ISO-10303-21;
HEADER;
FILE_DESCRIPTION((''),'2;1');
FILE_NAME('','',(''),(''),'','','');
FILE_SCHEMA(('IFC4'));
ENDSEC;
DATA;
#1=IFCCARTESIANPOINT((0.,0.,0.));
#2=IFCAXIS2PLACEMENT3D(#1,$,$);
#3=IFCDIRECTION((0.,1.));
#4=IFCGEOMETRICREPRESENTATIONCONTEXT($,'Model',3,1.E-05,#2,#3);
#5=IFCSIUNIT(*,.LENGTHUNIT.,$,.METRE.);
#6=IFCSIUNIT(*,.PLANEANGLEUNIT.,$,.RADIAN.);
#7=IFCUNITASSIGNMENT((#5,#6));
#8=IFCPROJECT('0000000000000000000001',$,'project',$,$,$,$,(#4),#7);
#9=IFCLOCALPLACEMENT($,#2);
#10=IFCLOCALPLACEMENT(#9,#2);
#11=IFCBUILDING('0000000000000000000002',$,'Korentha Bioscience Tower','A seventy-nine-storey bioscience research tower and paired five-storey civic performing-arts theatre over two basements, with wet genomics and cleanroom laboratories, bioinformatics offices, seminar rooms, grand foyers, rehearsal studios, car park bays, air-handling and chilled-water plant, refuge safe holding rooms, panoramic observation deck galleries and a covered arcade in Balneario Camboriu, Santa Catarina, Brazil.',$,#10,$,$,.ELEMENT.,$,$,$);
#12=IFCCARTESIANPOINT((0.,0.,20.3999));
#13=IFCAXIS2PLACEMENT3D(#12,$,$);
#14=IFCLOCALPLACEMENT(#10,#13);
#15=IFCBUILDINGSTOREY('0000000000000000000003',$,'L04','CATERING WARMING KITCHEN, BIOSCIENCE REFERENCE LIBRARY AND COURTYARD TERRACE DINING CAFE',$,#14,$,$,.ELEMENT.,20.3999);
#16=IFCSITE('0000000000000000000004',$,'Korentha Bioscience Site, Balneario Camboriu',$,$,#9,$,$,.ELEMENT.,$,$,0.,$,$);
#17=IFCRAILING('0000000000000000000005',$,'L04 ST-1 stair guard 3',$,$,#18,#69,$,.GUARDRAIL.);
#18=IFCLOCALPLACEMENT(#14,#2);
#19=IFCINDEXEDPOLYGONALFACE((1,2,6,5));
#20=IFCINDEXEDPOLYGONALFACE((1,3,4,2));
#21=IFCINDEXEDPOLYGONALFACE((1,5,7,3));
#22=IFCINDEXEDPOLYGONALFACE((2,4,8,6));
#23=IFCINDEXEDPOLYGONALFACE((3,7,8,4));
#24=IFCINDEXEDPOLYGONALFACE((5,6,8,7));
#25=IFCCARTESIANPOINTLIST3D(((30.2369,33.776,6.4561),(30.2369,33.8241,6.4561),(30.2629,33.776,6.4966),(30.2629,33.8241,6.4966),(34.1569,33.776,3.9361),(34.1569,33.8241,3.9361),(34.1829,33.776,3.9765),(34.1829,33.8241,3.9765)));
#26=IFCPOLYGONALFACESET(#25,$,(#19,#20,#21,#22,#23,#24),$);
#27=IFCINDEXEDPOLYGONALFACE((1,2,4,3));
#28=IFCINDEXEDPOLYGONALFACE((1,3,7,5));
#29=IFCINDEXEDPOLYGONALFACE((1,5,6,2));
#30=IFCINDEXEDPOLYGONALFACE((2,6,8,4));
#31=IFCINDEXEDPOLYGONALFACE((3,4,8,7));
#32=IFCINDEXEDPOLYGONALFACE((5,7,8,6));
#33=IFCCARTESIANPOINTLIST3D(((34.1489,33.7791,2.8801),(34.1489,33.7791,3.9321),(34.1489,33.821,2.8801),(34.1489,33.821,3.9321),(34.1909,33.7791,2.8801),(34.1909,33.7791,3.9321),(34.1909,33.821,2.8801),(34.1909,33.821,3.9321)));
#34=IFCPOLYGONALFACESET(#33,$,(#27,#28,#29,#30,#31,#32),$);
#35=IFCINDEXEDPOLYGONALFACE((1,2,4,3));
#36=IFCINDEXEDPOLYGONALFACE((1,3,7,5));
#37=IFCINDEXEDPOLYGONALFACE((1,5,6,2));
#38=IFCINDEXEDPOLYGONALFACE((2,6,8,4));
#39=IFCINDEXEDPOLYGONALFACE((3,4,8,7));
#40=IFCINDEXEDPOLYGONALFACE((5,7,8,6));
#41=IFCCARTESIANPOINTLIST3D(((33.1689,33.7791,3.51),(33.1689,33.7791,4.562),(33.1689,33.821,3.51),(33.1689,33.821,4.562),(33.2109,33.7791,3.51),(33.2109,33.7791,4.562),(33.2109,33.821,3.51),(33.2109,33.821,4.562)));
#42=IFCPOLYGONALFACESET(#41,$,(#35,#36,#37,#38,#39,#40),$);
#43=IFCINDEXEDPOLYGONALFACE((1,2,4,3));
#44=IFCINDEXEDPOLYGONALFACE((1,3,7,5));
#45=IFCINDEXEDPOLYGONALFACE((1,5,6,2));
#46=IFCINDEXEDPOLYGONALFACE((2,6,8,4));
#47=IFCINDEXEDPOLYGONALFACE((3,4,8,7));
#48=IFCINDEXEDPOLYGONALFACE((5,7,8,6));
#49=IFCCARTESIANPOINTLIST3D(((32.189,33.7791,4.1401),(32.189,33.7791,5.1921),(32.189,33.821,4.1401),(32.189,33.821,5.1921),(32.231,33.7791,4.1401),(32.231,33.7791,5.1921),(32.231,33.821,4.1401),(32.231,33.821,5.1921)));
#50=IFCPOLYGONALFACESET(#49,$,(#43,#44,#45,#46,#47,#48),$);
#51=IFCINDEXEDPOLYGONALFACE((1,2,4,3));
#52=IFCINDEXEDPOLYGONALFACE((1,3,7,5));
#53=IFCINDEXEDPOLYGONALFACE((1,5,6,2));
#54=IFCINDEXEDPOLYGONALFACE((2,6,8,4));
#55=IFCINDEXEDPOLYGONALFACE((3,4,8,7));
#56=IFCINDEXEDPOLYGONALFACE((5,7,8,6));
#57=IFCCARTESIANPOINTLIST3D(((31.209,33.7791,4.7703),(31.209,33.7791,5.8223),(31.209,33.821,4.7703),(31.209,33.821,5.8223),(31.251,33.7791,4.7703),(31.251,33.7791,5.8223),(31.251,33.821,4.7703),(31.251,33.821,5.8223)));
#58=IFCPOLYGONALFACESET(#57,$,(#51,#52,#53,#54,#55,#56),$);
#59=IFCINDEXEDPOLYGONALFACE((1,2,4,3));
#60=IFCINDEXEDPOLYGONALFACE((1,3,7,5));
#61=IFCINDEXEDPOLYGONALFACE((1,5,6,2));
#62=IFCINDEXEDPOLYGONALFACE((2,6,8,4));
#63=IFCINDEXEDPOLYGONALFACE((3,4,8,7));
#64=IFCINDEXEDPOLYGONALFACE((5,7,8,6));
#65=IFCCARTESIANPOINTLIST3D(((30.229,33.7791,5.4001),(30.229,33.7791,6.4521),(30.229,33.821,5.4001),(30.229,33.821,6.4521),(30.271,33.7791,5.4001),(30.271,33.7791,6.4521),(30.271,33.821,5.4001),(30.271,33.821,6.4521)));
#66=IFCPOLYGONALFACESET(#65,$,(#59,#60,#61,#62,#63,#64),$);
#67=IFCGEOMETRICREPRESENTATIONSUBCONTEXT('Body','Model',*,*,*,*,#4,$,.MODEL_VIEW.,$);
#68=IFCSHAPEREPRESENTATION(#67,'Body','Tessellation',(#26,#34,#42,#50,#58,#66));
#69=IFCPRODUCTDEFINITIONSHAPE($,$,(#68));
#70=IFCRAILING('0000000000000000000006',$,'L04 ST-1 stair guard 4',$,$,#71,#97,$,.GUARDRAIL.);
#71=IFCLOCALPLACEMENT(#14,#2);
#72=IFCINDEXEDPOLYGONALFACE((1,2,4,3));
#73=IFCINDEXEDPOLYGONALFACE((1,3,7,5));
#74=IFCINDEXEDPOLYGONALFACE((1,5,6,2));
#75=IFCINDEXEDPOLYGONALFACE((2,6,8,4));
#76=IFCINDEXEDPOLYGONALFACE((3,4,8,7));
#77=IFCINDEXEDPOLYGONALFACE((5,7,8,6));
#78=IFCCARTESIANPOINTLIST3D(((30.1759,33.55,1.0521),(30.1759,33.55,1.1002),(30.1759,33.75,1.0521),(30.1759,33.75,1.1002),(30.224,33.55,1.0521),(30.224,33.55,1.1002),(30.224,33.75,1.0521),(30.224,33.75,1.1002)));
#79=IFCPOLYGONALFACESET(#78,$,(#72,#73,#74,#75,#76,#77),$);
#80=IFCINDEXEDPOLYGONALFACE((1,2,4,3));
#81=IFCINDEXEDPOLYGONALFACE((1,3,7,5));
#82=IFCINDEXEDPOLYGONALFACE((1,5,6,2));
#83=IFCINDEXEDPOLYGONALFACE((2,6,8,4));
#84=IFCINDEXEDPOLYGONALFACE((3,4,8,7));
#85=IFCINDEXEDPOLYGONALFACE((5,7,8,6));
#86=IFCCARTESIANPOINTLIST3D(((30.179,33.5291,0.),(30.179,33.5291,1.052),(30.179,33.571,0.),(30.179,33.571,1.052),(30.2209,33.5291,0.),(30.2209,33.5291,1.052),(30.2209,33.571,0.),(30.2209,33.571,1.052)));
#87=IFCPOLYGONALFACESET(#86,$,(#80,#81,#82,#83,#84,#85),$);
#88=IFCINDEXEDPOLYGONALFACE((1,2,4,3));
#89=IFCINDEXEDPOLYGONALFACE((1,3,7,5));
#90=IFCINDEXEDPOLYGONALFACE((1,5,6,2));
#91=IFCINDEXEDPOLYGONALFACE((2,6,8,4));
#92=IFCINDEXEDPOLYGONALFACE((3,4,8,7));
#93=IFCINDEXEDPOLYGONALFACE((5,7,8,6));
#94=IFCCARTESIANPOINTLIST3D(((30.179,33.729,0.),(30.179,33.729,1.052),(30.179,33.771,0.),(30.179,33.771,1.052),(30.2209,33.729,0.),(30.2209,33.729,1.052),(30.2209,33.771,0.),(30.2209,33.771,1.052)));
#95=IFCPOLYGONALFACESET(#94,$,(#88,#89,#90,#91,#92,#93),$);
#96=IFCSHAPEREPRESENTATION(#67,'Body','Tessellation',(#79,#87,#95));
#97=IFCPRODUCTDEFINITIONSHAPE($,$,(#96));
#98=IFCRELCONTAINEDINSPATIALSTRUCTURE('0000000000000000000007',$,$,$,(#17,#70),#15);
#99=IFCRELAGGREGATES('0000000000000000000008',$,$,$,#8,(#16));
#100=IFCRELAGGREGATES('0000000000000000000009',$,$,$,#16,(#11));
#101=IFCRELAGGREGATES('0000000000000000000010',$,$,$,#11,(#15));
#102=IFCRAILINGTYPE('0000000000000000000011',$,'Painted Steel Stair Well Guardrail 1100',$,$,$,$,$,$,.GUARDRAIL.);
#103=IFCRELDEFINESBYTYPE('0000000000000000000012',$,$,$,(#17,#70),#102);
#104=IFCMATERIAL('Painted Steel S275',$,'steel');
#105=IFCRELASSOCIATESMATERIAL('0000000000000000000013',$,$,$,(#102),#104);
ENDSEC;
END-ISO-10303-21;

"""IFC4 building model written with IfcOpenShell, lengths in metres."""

from ifc_helpers import new_model, si_unit, direction, frame, origin, origin_2d, place, context, subcontext, project, spatial, rectangle, extrude, material, type_object, element, save


model = new_model("IFC4")

# Units and contexts
model_context = context("Model", 3, precision=1e-05, world=origin(), true_north=direction((0.0, 1.0)))
body_context = subcontext(model_context, "Body", "Model", "MODEL_VIEW")
ifc_project = project(units=[si_unit("LENGTHUNIT", "METRE"), si_unit("PLANEANGLEUNIT", "RADIAN")], contexts=[model_context])

# Site, building, storey
site_placement = place(None, origin())
site = spatial("IfcSite", under=ifc_project, at=site_placement, Name="Korentha Bioscience Site, Balneario Camboriu", CompositionType="ELEMENT", RefElevation=0.0)
building_placement = place(site_placement, origin())
building = spatial("IfcBuilding", under=site, at=building_placement, Name="Korentha Bioscience Tower", Description="A seventy-nine-storey bioscience research tower and paired five-storey civic performing-arts theatre over two basements, with wet genomics and cleanroom laboratories, bioinformatics offices, seminar rooms, grand foyers, rehearsal studios, car park bays, air-handling and chilled-water plant, refuge safe holding rooms, panoramic observation deck galleries and a covered arcade in Balneario Camboriu, Santa Catarina, Brazil.", CompositionType="ELEMENT")
storey_placement = place(building_placement, frame((0.0, 0.0, 20.3999)))
storey = spatial("IfcBuildingStorey", under=building, at=storey_placement, Name="L04", Description="CATERING WARMING KITCHEN, BIOSCIENCE REFERENCE LIBRARY AND COURTYARD TERRACE DINING CAFE", CompositionType="ELEMENT", Elevation=20.3999)

# Railings
ifc_material_1 = material(Name="Painted Steel S275", Category="steel")
railing_type_1 = type_object("IfcRailingType", Name="Painted Steel Stair Well Guardrail 1100", PredefinedType="GUARDRAIL", material=ifc_material_1)
railing_1_placement = place(storey_placement, frame((34.1699, 33.8, 2.8801)))
element("IfcRailing", 1, at=railing_1_placement, inside=storey, type_object=railing_type_1, Name="L04 ST-1 stair guard 3", PredefinedType="GUARDRAIL", context=body_context, shape_type="SweptSolid", body=[
    extrude(rectangle(XDim=0.0481, YDim=0.0481, at=origin_2d()), frame((0.0, 0.0, 1.0762), z_axis=(-0.841172, 0.0, 0.540768), x_axis=(0.0, -1.0, 0.0)), (0.0, 0.0, 1.0), 4.6602),
    extrude(rectangle(XDim=0.042, YDim=0.042, at=origin_2d()), origin(), (0.0, 0.0, 1.0), 1.052),
    extrude(rectangle(XDim=0.042, YDim=0.042, at=origin_2d()), frame((-0.98, 0.0, 0.6299)), (0.0, 0.0, 1.0), 1.052),
    extrude(rectangle(XDim=0.042, YDim=0.042, at=origin_2d()), frame((-1.96, 0.0, 1.26)), (0.0, 0.0, 1.0), 1.052),
    extrude(rectangle(XDim=0.042, YDim=0.042, at=origin_2d()), frame((-2.9399, 0.0, 1.8901)), (0.0, 0.0, 1.0), 1.052),
    extrude(rectangle(XDim=0.042, YDim=0.042, at=origin_2d()), frame((-3.9199, 0.0, 2.52)), (0.0, 0.0, 1.0), 1.052),
])
railing_2_placement = place(storey_placement, frame((30.2, 33.55, 0.0)))
element("IfcRailing", 2, at=railing_2_placement, inside=storey, type_object=railing_type_1, Name="L04 ST-1 stair guard 4", PredefinedType="GUARDRAIL", context=body_context, shape_type="SweptSolid", body=[
    extrude(rectangle(XDim=0.0481, YDim=0.0481, at=origin_2d()), frame((0.0, 0.0, 1.0762), z_axis=(0.0, 1.0, 0.0), x_axis=(-1.0, 0.0, 0.0)), (0.0, 0.0, 1.0), 0.2),
    extrude(rectangle(XDim=0.042, YDim=0.042, at=origin_2d()), origin(), (0.0, 0.0, 1.0), 1.052),
    extrude(rectangle(XDim=0.042, YDim=0.042, at=origin_2d()), frame((0.0, 0.2, 0.0)), (0.0, 0.0, 1.0), 1.052),
])

save(model, "model.ifc")
